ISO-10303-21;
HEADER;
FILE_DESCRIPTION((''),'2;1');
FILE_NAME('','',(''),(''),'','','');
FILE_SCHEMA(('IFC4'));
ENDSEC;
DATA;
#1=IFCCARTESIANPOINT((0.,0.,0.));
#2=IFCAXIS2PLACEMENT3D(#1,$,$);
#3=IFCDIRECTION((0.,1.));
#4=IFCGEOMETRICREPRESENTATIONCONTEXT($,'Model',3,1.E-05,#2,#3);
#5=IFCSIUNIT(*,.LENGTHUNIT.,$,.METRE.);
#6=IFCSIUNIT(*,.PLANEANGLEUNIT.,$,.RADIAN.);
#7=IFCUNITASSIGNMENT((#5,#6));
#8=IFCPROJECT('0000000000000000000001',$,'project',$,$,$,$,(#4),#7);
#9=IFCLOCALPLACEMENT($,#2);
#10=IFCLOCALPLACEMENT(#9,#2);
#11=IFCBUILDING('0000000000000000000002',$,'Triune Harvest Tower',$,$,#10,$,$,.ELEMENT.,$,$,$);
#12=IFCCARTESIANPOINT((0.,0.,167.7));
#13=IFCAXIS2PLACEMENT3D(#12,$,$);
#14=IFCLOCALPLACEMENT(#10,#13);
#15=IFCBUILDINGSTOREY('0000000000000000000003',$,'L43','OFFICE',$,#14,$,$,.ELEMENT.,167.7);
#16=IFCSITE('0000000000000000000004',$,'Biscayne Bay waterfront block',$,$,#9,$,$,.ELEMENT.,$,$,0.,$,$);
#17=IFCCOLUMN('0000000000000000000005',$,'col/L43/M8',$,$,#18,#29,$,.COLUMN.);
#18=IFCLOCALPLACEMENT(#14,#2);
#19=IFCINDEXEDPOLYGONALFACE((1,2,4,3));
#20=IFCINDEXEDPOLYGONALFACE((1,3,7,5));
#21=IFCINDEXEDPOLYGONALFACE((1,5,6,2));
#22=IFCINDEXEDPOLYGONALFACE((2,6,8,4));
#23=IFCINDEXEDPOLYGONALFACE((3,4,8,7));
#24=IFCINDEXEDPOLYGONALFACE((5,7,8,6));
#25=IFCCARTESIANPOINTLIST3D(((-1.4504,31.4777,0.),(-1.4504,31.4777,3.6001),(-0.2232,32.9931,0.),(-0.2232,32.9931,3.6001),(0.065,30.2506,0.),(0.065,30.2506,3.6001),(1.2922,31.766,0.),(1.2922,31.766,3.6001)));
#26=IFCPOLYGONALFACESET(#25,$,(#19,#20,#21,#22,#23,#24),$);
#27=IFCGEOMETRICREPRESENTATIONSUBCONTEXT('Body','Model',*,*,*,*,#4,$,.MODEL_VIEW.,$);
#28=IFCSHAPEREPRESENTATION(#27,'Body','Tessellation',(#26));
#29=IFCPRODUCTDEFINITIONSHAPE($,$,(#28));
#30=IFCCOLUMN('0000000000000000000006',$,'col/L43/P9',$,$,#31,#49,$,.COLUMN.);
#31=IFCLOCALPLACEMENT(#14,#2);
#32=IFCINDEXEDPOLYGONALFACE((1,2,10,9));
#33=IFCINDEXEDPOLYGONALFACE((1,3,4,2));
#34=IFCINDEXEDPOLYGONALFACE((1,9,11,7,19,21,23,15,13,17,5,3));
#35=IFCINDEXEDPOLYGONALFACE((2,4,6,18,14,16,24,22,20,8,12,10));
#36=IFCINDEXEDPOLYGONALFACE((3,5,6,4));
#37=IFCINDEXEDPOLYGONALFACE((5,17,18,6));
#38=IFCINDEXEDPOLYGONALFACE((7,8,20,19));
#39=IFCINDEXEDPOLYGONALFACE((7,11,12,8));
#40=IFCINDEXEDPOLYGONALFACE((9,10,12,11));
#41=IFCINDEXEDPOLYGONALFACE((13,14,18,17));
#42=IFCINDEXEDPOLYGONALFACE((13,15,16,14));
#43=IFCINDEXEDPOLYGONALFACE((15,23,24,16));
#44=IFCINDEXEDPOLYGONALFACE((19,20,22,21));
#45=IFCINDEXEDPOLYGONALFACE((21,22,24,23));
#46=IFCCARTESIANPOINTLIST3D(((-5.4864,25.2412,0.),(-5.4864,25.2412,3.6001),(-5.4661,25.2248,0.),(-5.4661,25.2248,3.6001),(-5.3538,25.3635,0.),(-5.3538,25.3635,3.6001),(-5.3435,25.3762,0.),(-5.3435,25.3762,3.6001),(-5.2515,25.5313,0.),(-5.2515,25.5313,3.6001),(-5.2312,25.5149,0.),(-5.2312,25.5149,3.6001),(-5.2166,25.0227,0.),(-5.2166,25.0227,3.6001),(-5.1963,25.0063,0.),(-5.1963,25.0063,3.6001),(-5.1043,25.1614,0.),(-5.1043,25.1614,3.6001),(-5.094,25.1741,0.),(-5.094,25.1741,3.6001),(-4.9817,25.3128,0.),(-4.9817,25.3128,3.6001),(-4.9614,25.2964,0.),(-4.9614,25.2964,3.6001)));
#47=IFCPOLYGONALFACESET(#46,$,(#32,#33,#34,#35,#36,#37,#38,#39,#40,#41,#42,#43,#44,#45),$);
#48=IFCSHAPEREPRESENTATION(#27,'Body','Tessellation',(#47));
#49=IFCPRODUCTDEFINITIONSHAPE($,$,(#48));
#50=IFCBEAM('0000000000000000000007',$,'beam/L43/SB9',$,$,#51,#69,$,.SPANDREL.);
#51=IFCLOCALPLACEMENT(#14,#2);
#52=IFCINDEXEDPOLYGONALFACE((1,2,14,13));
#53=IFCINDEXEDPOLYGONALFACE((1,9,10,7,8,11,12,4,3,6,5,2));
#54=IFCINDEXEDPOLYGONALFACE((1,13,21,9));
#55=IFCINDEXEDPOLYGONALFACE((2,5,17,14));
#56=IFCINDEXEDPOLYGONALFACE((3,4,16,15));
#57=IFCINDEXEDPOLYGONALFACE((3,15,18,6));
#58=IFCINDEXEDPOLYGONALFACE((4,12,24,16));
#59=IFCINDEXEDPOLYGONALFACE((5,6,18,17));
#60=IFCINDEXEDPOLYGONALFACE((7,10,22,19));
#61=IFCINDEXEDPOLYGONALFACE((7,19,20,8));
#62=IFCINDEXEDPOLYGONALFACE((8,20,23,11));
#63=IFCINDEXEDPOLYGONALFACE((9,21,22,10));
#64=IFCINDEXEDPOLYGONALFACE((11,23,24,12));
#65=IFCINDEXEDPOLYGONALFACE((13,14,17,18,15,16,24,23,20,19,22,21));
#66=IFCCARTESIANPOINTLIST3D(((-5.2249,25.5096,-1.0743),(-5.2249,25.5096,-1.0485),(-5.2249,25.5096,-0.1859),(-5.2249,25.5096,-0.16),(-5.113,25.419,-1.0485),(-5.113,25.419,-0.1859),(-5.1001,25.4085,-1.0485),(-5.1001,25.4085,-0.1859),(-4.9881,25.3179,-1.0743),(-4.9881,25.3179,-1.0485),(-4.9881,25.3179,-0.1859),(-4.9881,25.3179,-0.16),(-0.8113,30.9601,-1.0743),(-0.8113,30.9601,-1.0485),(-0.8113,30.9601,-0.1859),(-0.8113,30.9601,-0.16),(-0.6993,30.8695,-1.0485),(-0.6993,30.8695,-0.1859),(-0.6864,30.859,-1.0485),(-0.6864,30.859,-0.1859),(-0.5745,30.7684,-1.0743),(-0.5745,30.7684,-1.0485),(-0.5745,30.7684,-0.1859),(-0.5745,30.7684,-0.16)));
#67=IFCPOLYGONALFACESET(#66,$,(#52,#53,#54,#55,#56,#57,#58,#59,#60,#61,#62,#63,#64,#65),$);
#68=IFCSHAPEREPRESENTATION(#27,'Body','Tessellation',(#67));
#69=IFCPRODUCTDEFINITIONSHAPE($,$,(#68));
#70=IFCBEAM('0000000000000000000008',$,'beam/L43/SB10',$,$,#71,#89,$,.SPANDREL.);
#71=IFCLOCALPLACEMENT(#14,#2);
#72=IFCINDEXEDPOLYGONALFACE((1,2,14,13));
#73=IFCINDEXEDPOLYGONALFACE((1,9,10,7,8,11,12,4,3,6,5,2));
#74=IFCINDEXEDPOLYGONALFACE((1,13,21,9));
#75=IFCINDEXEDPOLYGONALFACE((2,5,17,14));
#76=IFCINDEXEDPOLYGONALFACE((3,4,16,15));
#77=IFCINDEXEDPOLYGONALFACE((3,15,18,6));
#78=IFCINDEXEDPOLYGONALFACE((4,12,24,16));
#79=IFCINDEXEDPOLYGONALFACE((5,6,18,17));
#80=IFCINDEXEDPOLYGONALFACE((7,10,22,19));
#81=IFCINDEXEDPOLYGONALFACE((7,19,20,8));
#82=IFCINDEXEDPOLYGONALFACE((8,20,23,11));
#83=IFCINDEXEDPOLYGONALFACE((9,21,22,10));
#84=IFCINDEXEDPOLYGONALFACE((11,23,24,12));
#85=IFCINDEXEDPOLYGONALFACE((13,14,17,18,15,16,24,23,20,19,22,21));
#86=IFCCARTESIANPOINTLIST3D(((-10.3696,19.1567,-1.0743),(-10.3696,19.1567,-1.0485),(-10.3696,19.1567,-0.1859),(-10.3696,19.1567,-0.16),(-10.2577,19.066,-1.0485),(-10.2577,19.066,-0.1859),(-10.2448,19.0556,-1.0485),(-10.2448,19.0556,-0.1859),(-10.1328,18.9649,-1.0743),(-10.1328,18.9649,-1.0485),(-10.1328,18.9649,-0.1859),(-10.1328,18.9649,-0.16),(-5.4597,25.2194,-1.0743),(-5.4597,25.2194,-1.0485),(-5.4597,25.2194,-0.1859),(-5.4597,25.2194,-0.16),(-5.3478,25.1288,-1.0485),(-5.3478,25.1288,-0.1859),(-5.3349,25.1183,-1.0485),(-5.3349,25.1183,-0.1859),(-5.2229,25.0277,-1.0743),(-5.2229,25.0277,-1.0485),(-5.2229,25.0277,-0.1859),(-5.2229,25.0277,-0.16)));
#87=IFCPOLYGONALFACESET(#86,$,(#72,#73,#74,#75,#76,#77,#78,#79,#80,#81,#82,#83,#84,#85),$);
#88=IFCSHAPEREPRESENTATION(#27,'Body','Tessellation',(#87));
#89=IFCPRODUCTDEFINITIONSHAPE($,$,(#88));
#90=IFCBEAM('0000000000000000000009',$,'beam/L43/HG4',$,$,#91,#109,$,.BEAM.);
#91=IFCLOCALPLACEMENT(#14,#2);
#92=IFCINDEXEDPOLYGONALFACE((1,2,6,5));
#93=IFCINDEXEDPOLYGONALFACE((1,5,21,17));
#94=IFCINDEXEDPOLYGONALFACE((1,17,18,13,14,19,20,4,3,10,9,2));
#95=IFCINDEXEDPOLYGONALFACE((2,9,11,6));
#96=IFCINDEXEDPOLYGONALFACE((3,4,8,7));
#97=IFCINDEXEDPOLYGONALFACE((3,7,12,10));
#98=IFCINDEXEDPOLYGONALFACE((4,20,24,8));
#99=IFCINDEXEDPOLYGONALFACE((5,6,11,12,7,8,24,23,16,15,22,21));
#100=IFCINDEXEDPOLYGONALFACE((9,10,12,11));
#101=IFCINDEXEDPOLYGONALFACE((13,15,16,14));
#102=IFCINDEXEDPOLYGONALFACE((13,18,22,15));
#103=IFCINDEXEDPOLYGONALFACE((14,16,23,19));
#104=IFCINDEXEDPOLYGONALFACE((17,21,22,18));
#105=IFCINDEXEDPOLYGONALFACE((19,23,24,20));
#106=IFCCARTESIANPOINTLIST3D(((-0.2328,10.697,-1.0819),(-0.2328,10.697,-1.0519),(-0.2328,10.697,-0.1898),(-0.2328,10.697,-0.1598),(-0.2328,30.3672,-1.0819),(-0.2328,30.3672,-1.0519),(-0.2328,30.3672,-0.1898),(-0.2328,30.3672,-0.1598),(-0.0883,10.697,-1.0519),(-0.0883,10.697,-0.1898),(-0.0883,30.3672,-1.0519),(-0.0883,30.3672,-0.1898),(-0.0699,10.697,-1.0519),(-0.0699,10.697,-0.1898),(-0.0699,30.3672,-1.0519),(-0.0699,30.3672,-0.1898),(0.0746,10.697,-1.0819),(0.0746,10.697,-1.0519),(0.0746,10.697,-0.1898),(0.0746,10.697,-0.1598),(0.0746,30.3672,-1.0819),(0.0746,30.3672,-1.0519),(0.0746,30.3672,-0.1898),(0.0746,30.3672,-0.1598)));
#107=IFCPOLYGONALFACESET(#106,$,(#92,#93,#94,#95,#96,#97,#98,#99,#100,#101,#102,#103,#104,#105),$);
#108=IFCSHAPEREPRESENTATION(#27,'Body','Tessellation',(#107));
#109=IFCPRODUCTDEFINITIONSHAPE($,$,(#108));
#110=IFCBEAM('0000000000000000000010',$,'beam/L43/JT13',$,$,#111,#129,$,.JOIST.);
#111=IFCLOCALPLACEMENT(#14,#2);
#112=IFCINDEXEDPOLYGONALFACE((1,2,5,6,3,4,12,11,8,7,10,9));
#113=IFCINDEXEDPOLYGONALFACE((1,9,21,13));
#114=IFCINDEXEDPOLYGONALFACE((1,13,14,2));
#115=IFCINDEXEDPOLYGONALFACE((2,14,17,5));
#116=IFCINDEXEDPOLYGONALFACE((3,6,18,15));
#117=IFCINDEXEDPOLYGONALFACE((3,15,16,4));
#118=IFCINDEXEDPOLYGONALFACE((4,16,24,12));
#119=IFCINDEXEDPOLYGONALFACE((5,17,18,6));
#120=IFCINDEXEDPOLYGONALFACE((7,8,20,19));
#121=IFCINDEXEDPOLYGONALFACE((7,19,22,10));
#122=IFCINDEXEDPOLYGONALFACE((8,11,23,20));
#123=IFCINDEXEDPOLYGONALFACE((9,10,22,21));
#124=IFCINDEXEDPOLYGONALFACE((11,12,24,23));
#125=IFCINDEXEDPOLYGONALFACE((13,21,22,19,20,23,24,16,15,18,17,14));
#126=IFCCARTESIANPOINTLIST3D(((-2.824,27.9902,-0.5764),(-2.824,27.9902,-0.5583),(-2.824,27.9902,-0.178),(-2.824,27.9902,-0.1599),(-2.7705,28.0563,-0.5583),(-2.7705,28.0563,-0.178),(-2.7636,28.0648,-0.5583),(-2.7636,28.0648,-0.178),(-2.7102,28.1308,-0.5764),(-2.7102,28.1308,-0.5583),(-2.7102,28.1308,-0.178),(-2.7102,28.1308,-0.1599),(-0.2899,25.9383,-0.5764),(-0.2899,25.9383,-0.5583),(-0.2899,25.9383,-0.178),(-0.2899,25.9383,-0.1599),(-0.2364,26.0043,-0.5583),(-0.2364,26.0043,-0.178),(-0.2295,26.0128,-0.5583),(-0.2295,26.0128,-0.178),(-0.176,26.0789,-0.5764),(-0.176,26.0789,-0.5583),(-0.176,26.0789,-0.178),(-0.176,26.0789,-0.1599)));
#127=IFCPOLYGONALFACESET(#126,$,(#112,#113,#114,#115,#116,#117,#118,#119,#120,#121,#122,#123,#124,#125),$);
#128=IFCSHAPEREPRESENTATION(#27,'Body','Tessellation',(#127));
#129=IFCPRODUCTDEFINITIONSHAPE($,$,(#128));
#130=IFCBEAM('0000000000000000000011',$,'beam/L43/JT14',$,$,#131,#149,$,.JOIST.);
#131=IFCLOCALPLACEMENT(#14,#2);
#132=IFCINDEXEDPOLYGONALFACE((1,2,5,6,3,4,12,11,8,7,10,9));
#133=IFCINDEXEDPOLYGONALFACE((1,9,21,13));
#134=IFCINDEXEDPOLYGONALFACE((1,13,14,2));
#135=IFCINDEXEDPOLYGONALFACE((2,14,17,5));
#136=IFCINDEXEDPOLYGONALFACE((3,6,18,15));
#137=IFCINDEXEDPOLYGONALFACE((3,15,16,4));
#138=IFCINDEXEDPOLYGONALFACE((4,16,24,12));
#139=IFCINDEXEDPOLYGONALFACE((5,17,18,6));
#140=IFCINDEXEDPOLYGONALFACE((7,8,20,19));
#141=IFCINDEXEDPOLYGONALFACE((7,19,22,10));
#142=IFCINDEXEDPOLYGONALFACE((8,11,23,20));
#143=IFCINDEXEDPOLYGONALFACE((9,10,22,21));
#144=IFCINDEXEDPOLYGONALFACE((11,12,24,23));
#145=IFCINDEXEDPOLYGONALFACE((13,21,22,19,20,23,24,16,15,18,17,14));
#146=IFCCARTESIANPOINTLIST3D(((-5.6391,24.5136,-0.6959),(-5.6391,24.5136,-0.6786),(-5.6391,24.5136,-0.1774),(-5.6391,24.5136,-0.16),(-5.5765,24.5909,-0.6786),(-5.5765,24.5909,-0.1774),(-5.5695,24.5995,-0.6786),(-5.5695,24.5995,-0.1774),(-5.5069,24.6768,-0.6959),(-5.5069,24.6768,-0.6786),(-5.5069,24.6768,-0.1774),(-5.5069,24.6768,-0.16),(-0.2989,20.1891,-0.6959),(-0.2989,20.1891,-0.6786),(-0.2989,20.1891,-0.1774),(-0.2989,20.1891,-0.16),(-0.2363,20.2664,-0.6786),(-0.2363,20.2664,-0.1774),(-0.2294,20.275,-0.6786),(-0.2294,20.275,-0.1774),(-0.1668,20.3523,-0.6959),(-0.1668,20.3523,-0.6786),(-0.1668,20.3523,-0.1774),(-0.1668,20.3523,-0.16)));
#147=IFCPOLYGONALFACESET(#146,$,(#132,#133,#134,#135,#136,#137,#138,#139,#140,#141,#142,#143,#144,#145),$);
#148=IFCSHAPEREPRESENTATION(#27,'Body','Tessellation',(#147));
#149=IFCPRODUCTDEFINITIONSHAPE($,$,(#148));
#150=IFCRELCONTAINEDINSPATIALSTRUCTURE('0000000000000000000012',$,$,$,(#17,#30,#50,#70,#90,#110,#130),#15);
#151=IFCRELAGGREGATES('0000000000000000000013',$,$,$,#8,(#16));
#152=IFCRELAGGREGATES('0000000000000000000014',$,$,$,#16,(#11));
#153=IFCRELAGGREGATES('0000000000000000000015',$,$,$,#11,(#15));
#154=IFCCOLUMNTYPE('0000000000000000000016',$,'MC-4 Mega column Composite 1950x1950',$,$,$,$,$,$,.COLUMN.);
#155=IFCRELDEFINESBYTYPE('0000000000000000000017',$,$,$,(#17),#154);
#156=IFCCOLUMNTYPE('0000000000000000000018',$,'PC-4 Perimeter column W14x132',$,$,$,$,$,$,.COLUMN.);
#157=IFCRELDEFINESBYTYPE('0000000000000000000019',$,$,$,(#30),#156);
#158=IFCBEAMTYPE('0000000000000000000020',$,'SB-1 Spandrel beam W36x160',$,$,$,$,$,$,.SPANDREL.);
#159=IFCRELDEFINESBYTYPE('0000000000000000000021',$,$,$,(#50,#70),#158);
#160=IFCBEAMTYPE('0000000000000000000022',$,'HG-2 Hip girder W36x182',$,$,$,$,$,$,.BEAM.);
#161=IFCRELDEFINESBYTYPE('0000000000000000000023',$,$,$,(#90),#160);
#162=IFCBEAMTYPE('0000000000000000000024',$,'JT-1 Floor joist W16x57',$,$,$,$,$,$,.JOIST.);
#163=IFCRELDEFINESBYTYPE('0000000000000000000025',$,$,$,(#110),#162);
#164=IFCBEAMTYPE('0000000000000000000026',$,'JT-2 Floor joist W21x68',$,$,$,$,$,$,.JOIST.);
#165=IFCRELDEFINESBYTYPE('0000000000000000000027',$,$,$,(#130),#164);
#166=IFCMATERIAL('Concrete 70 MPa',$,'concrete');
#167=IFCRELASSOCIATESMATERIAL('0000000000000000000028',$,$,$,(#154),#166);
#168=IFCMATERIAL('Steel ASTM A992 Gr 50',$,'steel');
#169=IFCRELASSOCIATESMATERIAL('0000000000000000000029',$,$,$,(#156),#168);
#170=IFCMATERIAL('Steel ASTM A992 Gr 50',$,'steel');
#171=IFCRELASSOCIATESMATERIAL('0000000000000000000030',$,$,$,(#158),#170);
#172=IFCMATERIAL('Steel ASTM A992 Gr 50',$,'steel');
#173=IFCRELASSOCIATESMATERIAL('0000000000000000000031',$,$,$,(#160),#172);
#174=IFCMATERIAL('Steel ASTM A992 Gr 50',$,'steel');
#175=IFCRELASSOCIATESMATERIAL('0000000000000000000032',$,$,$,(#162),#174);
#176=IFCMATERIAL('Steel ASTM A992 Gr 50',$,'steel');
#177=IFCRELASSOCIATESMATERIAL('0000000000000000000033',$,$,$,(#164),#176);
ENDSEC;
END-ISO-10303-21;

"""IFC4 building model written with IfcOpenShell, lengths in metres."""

from ifc_helpers import new_model, si_unit, direction, frame, origin, origin_2d, place, context, subcontext, project, spatial, rectangle, i_section, extrude, source, transform, mapped, material, material_profile, profile_set, type_object, element, save


model = new_model("IFC4")

# Units and contexts
model_context = context("Model", 3, precision=1e-05, world=origin(), true_north=direction((0.0, 1.0)))
body_context = subcontext(model_context, "Body", "Model", "MODEL_VIEW")
ifc_project = project(units=[si_unit("LENGTHUNIT", "METRE"), si_unit("PLANEANGLEUNIT", "RADIAN")], contexts=[model_context])

# Site, building, storey
site_placement = place(None, origin())
site = spatial("IfcSite", under=ifc_project, at=site_placement, Name="Biscayne Bay waterfront block", CompositionType="ELEMENT", RefElevation=0.0)
building_placement = place(site_placement, origin())
building = spatial("IfcBuilding", under=site, at=building_placement, Name="Triune Harvest Tower", CompositionType="ELEMENT")
storey_placement = place(building_placement, frame((0.0, 0.0, 167.7)))
storey = spatial("IfcBuildingStorey", under=building, at=storey_placement, Name="L43", Description="OFFICE", CompositionType="ELEMENT", Elevation=167.7)

# Columns
ifc_material_1 = material(Name="Concrete 70 MPa", Category="concrete")
ifc_material_profile_1 = material_profile(ifc_material_1, rectangle(XDim=1.95, YDim=1.95, at=origin_2d()), Name="Composite 1950x1950")
ifc_profile_set_1 = profile_set([ifc_material_profile_1], Name="Concrete 70 MPa")
column_type_1 = type_object("IfcColumnType", Name="MC-4 Mega column Composite 1950x1950", PredefinedType="COLUMN", material=ifc_profile_set_1)
shared_shape_1 = source(origin(), body_context, "Body", "SweptSolid", [
    extrude(rectangle(XDim=1.95, YDim=1.95, at=origin_2d()), origin(), (0.0, 0.0, 1.0), 3.6001),
])
column_1_placement = place(storey_placement, frame((-0.0791, 31.6218, 0.0), z_axis=(0.0, 0.0, 1.0), x_axis=(-0.629322, -0.777145, 0.0)))
element("IfcColumn", 1, at=column_1_placement, inside=storey, type_object=column_type_1, Name="col/L43/M8", PredefinedType="COLUMN", context=body_context, shape_type="MappedRepresentation", body=[
    mapped(shared_shape_1, transform((0.0, 0.0, 0.0), scale=1.0)),
])
ifc_material_2 = material(Name="Steel ASTM A992 Gr 50", Category="steel")
ifc_material_profile_2 = material_profile(ifc_material_2, i_section(OverallWidth=0.3733, OverallDepth=0.3733, WebThickness=0.0164, FlangeThickness=0.0261, at=origin_2d()), Name="W14x132")
ifc_profile_set_2 = profile_set([ifc_material_profile_2], Name="Steel ASTM A992 Gr 50")
column_type_2 = type_object("IfcColumnType", Name="PC-4 Perimeter column W14x132", PredefinedType="COLUMN", material=ifc_profile_set_2)
shared_shape_2 = source(origin(), body_context, "Body", "SweptSolid", [
    extrude(i_section(OverallWidth=0.3733, OverallDepth=0.3733, WebThickness=0.0164, FlangeThickness=0.0261, at=origin_2d()), origin(), (0.0, 0.0, 1.0), 3.6001),
])
column_2_placement = place(storey_placement, frame((-5.2239, 25.2688, 0.0), z_axis=(0.0, 0.0, 1.0), x_axis=(-0.629322, -0.777145, 0.0)))
element("IfcColumn", 2, at=column_2_placement, inside=storey, type_object=column_type_2, Name="col/L43/P9", PredefinedType="COLUMN", context=body_context, shape_type="MappedRepresentation", body=[
    mapped(shared_shape_2, transform((0.0, 0.0, 0.0), scale=1.0)),
])

# Beams
ifc_material_3 = material(Name="Steel ASTM A992 Gr 50", Category="steel")
ifc_material_profile_3 = material_profile(ifc_material_3, i_section(OverallWidth=0.3047, OverallDepth=0.9143, WebThickness=0.0166, FlangeThickness=0.0259, at=origin_2d()), Name="W36x160")
ifc_profile_set_3 = profile_set([ifc_material_profile_3], Name="Steel ASTM A992 Gr 50")
beam_type_1 = type_object("IfcBeamType", Name="SB-1 Spandrel beam W36x160", PredefinedType="SPANDREL", material=ifc_profile_set_3)
shared_shape_3 = source(origin(), body_context, "Body", "SweptSolid", [
    extrude(i_section(OverallWidth=0.3047, OverallDepth=0.9143, WebThickness=0.0166, FlangeThickness=0.0259, at=origin_2d()), origin(), (0.0, 0.0, 1.0), 7.0134),
])
beam_1_placement = place(storey_placement, frame((-0.6929, 30.8643, -0.6172), z_axis=(-0.629311, -0.777153, 0.0), x_axis=(0.777153, -0.629311, 0.0)))
element("IfcBeam", 3, at=beam_1_placement, inside=storey, type_object=beam_type_1, Name="beam/L43/SB9", PredefinedType="SPANDREL", context=body_context, shape_type="MappedRepresentation", body=[
    mapped(shared_shape_3, transform((0.0, 0.0, 0.0), scale=1.0)),
])
shared_shape_4 = source(origin(), body_context, "Body", "SweptSolid", [
    extrude(i_section(OverallWidth=0.3047, OverallDepth=0.9143, WebThickness=0.0166, FlangeThickness=0.0259, at=origin_2d()), origin(), (0.0, 0.0, 1.0), 7.8015),
])
beam_2_placement = place(storey_placement, frame((-5.3413, 25.1235, -0.6172), z_axis=(-0.629351, -0.777121, 0.0), x_axis=(0.777121, -0.629351, 0.0)))
element("IfcBeam", 4, at=beam_2_placement, inside=storey, type_object=beam_type_1, Name="beam/L43/SB10", PredefinedType="SPANDREL", context=body_context, shape_type="MappedRepresentation", body=[
    mapped(shared_shape_4, transform((0.0, 0.0, 0.0), scale=1.0)),
])
ifc_material_4 = material(Name="Steel ASTM A992 Gr 50", Category="steel")
ifc_material_profile_4 = material_profile(ifc_material_4, i_section(OverallWidth=0.3074, OverallDepth=0.9221, WebThickness=0.0183, FlangeThickness=0.03, at=origin_2d()), Name="W36x182")
ifc_profile_set_4 = profile_set([ifc_material_profile_4], Name="Steel ASTM A992 Gr 50")
beam_type_2 = type_object("IfcBeamType", Name="HG-2 Hip girder W36x182", PredefinedType="BEAM", material=ifc_profile_set_4)
shared_shape_5 = source(origin(), body_context, "Body", "SweptSolid", [
    extrude(i_section(OverallWidth=0.3074, OverallDepth=0.9221, WebThickness=0.0183, FlangeThickness=0.03, at=origin_2d()), origin(), (0.0, 0.0, 1.0), 19.6702),
])
beam_3_placement = place(storey_placement, frame((-0.0791, 30.3672, -0.6208), z_axis=(0.0, -1.0, 0.0), x_axis=(1.0, 0.0, 0.0)))
element("IfcBeam", 5, at=beam_3_placement, inside=storey, type_object=beam_type_2, Name="beam/L43/HG4", PredefinedType="BEAM", context=body_context, shape_type="MappedRepresentation", body=[
    mapped(shared_shape_5, transform((0.0, 0.0, 0.0), scale=1.0)),
])
ifc_material_5 = material(Name="Steel ASTM A992 Gr 50", Category="steel")
ifc_material_profile_5 = material_profile(ifc_material_5, i_section(OverallWidth=0.1809, OverallDepth=0.4165, WebThickness=0.011, FlangeThickness=0.0181, at=origin_2d()), Name="W16x57")
ifc_profile_set_5 = profile_set([ifc_material_profile_5], Name="Steel ASTM A992 Gr 50")
beam_type_3 = type_object("IfcBeamType", Name="JT-1 Floor joist W16x57", PredefinedType="JOIST", material=ifc_profile_set_5)
shared_shape_6 = source(origin(), body_context, "Body", "SweptSolid", [
    extrude(i_section(OverallWidth=0.1809, OverallDepth=0.4165, WebThickness=0.011, FlangeThickness=0.0181, at=origin_2d()), origin(), (0.0, 0.0, 1.0), 3.2607),
])
beam_4_placement = place(storey_placement, frame((-2.7671, 28.0605, -0.3682), z_axis=(0.777166, -0.629295, 0.0), x_axis=(0.629295, 0.777166, 0.0)))
element("IfcBeam", 6, at=beam_4_placement, inside=storey, type_object=beam_type_3, Name="beam/L43/JT13", PredefinedType="JOIST", context=body_context, shape_type="MappedRepresentation", body=[
    mapped(shared_shape_6, transform((0.0, 0.0, 0.0), scale=1.0)),
])
ifc_material_6 = material(Name="Steel ASTM A992 Gr 50", Category="steel")
ifc_material_profile_6 = material_profile(ifc_material_6, i_section(OverallWidth=0.21, OverallDepth=0.5359, WebThickness=0.011, FlangeThickness=0.0173, at=origin_2d()), Name="W21x68")
ifc_profile_set_6 = profile_set([ifc_material_profile_6], Name="Steel ASTM A992 Gr 50")
beam_type_4 = type_object("IfcBeamType", Name="JT-2 Floor joist W21x68", PredefinedType="JOIST", material=ifc_profile_set_6)
shared_shape_7 = source(origin(), body_context, "Body", "SweptSolid", [
    extrude(i_section(OverallWidth=0.21, OverallDepth=0.5359, WebThickness=0.011, FlangeThickness=0.0173, at=origin_2d()), origin(), (0.0, 0.0, 1.0), 6.8716),
])
beam_5_placement = place(storey_placement, frame((-5.573, 24.5952, -0.428), z_axis=(0.777136, -0.629333, 0.0), x_axis=(0.629333, 0.777136, 0.0)))
element("IfcBeam", 7, at=beam_5_placement, inside=storey, type_object=beam_type_4, Name="beam/L43/JT14", PredefinedType="JOIST", context=body_context, shape_type="MappedRepresentation", body=[
    mapped(shared_shape_7, transform((0.0, 0.0, 0.0), scale=1.0)),
])

save(model, "model.ifc")
